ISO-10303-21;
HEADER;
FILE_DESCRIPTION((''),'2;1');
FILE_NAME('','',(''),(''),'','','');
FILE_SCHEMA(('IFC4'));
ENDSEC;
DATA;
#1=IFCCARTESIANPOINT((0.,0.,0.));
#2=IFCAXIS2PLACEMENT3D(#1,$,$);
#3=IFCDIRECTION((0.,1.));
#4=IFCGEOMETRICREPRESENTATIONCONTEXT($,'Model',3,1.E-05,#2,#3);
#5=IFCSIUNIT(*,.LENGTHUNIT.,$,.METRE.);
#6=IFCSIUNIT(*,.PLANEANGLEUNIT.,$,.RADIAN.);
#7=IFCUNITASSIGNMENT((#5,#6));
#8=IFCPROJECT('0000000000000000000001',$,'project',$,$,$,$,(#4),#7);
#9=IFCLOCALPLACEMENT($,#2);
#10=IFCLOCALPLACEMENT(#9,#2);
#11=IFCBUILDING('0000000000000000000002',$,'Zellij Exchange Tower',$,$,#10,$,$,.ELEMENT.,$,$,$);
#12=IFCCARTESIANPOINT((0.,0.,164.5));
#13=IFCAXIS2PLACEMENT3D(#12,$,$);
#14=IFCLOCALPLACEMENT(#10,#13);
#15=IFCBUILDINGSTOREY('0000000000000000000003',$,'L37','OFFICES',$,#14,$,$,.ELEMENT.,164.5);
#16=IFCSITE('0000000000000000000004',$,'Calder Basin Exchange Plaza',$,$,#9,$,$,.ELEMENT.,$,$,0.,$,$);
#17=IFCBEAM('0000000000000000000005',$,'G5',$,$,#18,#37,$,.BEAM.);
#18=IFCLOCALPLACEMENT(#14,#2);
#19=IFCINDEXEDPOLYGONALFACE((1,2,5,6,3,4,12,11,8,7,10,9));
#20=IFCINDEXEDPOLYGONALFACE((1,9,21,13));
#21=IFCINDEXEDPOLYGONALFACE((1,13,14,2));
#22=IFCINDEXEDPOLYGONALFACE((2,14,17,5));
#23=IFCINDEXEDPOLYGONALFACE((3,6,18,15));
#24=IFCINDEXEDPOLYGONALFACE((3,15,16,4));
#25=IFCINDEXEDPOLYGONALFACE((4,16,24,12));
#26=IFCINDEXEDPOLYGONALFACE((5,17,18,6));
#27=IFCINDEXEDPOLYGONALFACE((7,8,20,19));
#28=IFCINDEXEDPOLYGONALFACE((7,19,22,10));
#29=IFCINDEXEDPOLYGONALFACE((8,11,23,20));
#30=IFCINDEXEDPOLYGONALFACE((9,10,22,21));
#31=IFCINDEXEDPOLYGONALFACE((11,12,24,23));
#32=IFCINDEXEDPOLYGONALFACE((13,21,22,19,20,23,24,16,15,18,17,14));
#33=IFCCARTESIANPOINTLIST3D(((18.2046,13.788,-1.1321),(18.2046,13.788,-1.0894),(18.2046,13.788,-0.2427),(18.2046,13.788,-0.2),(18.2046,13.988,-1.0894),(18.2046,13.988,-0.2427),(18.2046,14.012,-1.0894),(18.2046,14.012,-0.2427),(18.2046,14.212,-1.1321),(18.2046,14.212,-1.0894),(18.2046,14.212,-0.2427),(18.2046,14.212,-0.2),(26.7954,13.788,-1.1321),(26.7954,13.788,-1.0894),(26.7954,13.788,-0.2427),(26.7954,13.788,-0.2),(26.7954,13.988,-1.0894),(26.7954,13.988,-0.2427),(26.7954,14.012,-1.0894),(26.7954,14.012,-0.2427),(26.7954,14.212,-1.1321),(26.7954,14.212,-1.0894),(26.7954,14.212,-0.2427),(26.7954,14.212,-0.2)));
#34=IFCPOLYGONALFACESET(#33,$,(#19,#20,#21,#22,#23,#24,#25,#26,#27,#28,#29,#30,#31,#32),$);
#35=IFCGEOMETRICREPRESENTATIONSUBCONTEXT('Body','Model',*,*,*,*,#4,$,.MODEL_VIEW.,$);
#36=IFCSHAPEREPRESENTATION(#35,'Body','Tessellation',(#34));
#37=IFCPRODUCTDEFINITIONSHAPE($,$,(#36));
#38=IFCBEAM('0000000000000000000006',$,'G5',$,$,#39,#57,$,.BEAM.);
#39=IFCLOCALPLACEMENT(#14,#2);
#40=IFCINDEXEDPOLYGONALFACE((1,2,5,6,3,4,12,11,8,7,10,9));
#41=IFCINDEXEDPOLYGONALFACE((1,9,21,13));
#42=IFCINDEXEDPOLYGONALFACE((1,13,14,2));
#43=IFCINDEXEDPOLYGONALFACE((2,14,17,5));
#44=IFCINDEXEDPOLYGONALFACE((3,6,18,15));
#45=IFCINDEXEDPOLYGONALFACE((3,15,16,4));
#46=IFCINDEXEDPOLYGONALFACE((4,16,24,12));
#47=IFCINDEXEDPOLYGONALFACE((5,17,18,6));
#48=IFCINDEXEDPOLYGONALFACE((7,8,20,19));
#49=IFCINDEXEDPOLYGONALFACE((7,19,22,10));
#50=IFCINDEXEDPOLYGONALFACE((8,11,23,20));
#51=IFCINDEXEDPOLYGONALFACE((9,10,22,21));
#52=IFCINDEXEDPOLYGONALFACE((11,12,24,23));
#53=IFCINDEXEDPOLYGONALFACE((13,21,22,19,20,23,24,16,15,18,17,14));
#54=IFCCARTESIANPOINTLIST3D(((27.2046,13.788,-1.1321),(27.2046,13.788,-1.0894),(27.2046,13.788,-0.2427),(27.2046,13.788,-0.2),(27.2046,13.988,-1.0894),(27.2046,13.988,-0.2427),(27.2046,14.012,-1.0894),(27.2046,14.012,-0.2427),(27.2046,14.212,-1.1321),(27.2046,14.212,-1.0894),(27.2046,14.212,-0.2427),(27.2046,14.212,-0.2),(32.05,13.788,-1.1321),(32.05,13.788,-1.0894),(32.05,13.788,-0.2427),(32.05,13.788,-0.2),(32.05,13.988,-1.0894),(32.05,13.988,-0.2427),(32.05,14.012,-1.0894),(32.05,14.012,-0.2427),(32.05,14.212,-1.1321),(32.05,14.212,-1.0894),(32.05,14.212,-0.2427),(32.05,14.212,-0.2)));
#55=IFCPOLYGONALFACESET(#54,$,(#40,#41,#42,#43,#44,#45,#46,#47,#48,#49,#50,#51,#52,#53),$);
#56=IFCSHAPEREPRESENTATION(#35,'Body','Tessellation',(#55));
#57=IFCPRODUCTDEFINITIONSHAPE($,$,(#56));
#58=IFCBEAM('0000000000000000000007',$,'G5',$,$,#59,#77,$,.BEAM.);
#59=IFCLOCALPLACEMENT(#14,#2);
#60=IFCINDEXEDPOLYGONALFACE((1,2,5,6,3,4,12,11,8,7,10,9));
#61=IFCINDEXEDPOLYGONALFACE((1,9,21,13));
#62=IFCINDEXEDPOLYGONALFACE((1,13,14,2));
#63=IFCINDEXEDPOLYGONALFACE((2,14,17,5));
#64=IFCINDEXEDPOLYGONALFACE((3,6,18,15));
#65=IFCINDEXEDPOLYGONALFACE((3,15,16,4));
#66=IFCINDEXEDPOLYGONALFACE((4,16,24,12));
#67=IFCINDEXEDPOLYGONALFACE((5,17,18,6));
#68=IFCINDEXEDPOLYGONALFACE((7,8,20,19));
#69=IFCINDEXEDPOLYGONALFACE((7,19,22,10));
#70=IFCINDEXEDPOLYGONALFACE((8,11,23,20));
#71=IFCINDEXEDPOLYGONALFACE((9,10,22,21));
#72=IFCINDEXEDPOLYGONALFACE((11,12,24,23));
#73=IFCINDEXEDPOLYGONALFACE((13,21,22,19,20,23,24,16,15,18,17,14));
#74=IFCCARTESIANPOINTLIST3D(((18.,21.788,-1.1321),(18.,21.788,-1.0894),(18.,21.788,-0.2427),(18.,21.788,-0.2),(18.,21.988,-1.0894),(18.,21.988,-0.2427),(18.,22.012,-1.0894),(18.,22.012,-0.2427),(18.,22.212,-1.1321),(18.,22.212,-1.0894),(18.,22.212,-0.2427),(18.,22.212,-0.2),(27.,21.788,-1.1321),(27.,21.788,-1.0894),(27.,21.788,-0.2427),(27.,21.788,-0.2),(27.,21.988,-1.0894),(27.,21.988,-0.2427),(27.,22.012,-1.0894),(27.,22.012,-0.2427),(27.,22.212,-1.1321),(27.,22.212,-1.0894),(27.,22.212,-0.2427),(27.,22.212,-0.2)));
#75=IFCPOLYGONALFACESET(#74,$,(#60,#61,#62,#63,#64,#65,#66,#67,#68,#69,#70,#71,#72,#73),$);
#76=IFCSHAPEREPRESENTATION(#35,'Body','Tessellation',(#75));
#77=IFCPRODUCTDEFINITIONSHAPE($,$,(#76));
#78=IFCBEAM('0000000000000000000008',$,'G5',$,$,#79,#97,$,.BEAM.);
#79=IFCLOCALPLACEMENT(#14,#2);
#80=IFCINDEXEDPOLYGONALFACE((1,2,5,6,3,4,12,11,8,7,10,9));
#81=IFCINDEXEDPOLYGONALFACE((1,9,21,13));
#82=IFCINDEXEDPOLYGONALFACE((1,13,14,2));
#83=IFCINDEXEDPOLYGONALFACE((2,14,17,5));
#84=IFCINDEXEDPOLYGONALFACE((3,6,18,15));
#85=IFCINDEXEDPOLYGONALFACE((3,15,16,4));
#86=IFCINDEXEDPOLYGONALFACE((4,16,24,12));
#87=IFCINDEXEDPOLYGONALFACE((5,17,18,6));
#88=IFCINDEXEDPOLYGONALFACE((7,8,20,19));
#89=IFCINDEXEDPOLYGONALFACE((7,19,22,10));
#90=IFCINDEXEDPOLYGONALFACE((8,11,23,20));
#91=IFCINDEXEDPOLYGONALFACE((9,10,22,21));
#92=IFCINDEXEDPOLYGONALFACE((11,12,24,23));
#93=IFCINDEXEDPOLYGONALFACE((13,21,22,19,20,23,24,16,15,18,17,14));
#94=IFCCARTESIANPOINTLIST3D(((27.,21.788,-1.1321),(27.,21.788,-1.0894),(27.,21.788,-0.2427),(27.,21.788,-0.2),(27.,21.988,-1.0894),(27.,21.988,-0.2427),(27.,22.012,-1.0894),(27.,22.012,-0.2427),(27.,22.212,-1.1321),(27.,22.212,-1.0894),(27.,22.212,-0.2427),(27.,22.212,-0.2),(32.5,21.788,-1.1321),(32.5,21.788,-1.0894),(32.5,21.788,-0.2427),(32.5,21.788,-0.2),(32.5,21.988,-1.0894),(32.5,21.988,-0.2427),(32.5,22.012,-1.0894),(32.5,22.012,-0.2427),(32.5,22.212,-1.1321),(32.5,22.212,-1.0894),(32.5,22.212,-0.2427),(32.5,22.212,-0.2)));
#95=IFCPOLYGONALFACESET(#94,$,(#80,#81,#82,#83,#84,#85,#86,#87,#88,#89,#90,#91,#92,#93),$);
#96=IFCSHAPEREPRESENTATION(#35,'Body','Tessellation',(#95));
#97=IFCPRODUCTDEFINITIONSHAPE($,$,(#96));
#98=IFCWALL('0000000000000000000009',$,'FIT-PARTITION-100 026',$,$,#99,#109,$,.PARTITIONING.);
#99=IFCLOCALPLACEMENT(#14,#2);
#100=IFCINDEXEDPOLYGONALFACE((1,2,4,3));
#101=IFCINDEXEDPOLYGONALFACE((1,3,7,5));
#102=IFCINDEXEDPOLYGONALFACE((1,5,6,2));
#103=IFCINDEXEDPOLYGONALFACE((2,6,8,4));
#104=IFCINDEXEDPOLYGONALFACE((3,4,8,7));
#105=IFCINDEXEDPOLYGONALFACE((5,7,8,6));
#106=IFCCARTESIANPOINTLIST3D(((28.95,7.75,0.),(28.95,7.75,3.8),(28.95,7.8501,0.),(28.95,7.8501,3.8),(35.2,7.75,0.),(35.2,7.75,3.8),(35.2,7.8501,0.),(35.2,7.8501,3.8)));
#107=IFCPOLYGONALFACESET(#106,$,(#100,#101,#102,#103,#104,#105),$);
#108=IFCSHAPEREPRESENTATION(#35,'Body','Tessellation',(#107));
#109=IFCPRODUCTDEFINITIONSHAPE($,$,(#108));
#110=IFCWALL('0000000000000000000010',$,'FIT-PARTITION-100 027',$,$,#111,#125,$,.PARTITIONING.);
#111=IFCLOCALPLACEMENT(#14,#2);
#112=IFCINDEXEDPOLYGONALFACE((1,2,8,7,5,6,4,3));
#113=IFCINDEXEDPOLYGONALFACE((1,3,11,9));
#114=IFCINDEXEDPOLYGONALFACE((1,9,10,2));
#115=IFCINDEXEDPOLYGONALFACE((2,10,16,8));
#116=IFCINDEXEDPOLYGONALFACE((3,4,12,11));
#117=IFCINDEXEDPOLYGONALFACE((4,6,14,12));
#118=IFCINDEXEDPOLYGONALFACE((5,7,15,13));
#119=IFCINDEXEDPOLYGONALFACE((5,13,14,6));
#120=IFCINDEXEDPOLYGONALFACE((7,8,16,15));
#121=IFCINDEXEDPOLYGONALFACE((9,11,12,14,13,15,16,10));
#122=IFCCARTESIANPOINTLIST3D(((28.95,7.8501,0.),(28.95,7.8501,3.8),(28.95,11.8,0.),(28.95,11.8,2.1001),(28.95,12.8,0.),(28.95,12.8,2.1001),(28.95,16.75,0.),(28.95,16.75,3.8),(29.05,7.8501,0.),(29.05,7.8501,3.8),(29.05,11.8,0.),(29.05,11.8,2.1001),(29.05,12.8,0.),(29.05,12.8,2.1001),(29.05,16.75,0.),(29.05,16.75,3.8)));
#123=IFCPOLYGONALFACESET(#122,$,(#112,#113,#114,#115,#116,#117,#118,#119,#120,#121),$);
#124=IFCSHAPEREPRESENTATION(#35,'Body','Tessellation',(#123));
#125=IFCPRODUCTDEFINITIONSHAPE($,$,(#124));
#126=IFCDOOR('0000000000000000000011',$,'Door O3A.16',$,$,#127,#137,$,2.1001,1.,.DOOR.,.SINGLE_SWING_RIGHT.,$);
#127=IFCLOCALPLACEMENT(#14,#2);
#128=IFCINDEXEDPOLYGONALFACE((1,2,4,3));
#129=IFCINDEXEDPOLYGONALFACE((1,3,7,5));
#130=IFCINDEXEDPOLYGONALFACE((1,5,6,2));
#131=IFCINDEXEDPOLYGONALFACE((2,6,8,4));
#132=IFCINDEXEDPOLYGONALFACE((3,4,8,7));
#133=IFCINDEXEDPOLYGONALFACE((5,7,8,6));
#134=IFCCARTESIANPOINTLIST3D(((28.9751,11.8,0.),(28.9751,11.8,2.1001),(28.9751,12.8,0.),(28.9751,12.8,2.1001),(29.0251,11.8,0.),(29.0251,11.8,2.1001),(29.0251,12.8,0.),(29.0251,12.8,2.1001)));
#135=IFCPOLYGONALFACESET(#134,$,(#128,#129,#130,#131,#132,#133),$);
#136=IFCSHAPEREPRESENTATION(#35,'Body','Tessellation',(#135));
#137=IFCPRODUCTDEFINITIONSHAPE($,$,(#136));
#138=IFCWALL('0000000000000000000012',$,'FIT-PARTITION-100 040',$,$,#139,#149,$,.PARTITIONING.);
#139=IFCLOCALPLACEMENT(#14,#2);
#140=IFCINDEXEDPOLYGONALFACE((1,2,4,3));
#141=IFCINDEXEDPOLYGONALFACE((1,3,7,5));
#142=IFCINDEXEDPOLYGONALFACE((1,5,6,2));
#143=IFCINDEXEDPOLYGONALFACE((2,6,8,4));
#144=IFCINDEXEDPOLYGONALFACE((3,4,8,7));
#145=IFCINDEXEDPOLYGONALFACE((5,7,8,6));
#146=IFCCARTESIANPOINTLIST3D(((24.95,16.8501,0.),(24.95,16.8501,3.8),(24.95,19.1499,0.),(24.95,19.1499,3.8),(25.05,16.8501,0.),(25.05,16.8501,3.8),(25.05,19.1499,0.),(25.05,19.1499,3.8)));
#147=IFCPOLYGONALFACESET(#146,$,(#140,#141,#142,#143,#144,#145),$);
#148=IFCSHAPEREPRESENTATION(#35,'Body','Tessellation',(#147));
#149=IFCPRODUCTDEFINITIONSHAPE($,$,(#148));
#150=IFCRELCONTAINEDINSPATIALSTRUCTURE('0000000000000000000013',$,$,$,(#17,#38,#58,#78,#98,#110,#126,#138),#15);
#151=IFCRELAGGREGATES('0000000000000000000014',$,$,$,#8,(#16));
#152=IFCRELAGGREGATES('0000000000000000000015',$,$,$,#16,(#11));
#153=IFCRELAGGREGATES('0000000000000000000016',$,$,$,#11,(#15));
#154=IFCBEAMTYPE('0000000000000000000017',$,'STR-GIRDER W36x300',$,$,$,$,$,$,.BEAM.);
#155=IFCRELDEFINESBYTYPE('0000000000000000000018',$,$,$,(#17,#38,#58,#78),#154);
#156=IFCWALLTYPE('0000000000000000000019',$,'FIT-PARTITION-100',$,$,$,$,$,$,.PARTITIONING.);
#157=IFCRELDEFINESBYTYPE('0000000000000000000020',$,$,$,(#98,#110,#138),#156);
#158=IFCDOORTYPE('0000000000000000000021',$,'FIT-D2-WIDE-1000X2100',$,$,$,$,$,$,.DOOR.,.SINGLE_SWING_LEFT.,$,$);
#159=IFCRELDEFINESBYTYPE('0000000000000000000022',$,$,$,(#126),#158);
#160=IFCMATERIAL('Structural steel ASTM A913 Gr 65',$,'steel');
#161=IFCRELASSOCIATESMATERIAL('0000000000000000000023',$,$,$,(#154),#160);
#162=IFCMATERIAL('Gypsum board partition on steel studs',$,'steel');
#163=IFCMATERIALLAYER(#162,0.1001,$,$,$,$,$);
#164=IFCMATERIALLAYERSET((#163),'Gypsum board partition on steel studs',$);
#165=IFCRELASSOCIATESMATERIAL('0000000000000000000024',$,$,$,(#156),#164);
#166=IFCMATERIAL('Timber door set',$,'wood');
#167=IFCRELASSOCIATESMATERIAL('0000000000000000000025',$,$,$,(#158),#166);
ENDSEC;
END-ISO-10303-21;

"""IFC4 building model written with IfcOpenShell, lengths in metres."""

from ifc_helpers import new_model, si_unit, direction, frame, frame_2d, origin, origin_2d, place, context, subcontext, project, spatial, rectangle, i_section, extrude, material, layer, layer_set, material_profile, profile_set, type_object, element, fill, save


model = new_model("IFC4")

# Units and contexts
model_context = context("Model", 3, precision=1e-05, world=origin(), true_north=direction((0.0, 1.0)))
body_context = subcontext(model_context, "Body", "Model", "MODEL_VIEW")
ifc_project = project(units=[si_unit("LENGTHUNIT", "METRE"), si_unit("PLANEANGLEUNIT", "RADIAN")], contexts=[model_context])

# Site, building, storey
site_placement = place(None, origin())
site = spatial("IfcSite", under=ifc_project, at=site_placement, Name="Calder Basin Exchange Plaza", CompositionType="ELEMENT", RefElevation=0.0)
building_placement = place(site_placement, origin())
building = spatial("IfcBuilding", under=site, at=building_placement, Name="Zellij Exchange Tower", CompositionType="ELEMENT")
storey_placement = place(building_placement, frame((0.0, 0.0, 164.5)))
storey = spatial("IfcBuildingStorey", under=building, at=storey_placement, Name="L37", Description="OFFICES", CompositionType="ELEMENT", Elevation=164.5)

# Shared definitions
ifc_material_1 = material(Name="Structural steel ASTM A913 Gr 65", Category="steel")

# Beams
ifc_material_profile_1 = material_profile(ifc_material_1, i_section(OverallWidth=0.4241, OverallDepth=0.9321, WebThickness=0.0239, FlangeThickness=0.0427, at=origin_2d()), Name="W36x300")
ifc_profile_set_1 = profile_set([ifc_material_profile_1], Name="Structural steel ASTM A913 Gr 65")
beam_type_1 = type_object("IfcBeamType", Name="STR-GIRDER W36x300", PredefinedType="BEAM", material=ifc_profile_set_1)
beam_1_placement = place(storey_placement, frame((18.2046, 14.0, -0.666), z_axis=(1.0, 0.0, 0.0), x_axis=(0.0, 1.0, 0.0)))
element("IfcBeam", 1, at=beam_1_placement, inside=storey, type_object=beam_type_1, Name="G5", PredefinedType="BEAM", context=body_context, shape_type="SweptSolid", body=[
    extrude(i_section(OverallWidth=0.4241, OverallDepth=0.9321, WebThickness=0.0239, FlangeThickness=0.0427, at=origin_2d()), origin(), (0.0, 0.0, 1.0), 8.5908),
])
beam_2_placement = place(storey_placement, frame((27.2046, 14.0, -0.666), z_axis=(1.0, 0.0, 0.0), x_axis=(0.0, 1.0, 0.0)))
element("IfcBeam", 2, at=beam_2_placement, inside=storey, type_object=beam_type_1, Name="G5", PredefinedType="BEAM", context=body_context, shape_type="SweptSolid", body=[
    extrude(i_section(OverallWidth=0.4241, OverallDepth=0.9321, WebThickness=0.0239, FlangeThickness=0.0427, at=origin_2d()), origin(), (0.0, 0.0, 1.0), 4.8455),
])
beam_3_placement = place(storey_placement, frame((18.0, 22.0, -0.666), z_axis=(1.0, 0.0, 0.0), x_axis=(0.0, 1.0, 0.0)))
element("IfcBeam", 3, at=beam_3_placement, inside=storey, type_object=beam_type_1, Name="G5", PredefinedType="BEAM", context=body_context, shape_type="SweptSolid", body=[
    extrude(i_section(OverallWidth=0.4241, OverallDepth=0.9321, WebThickness=0.0239, FlangeThickness=0.0427, at=origin_2d()), origin(), (0.0, 0.0, 1.0), 9.0),
])
beam_4_placement = place(storey_placement, frame((27.0, 22.0, -0.666), z_axis=(1.0, 0.0, 0.0), x_axis=(0.0, 1.0, 0.0)))
element("IfcBeam", 4, at=beam_4_placement, inside=storey, type_object=beam_type_1, Name="G5", PredefinedType="BEAM", context=body_context, shape_type="SweptSolid", body=[
    extrude(i_section(OverallWidth=0.4241, OverallDepth=0.9321, WebThickness=0.0239, FlangeThickness=0.0427, at=origin_2d()), origin(), (0.0, 0.0, 1.0), 5.5),
])

# Wall
ifc_material_2 = material(Name="Gypsum board partition on steel studs", Category="steel")
ifc_layer_1 = layer(ifc_material_2, 0.1001)
ifc_layer_set_1 = layer_set([ifc_layer_1], Name="Gypsum board partition on steel studs")
wall_type = type_object("IfcWallType", Name="FIT-PARTITION-100", PredefinedType="PARTITIONING", material=ifc_layer_set_1)
wall_1_placement = place(storey_placement, frame((28.95, 7.8, 0.0), z_axis=(0.0, 0.0, 1.0), x_axis=(1.0, 0.0, 0.0)))
element("IfcWall", 5, at=wall_1_placement, inside=storey, type_object=wall_type, Name="FIT-PARTITION-100 026", PredefinedType="PARTITIONING", context=body_context, shape_type="SweptSolid", body=[
    extrude(rectangle(XDim=6.25, YDim=0.1001, at=frame_2d((3.125, 0.0))), origin(), (0.0, 0.0, 1.0), 3.8),
])

# Wall, opening, door
wall_2_placement = place(storey_placement, frame((29.0, 7.8501, 0.0), z_axis=(0.0, 0.0, 1.0), x_axis=(0.0, 1.0, 0.0)))
wall_2 = element("IfcWall", 6, at=wall_2_placement, inside=storey, type_object=wall_type, Name="FIT-PARTITION-100 027", PredefinedType="PARTITIONING", context=body_context, shape_type="SweptSolid", body=[
    extrude(rectangle(XDim=8.8999, YDim=0.1001, at=frame_2d((4.45, 0.0))), origin(), (0.0, 0.0, 1.0), 3.8),
])
opening_placement = place(wall_2_placement, frame((3.95, 0.0, 0.0)))
opening = element("IfcOpeningElement", 7, at=opening_placement, cuts=wall_2, PredefinedType="OPENING", context=body_context, shape_type="SweptSolid", body=[
    extrude(rectangle(XDim=1.0, YDim=2.1001, at=frame_2d((0.5, 1.05))), frame((0.0, 0.062, 0.0), z_axis=(0.0, -1.0, 0.0), x_axis=(1.0, 0.0, 0.0)), (0.0, 0.0, 1.0), 0.124),
])
ifc_material_3 = material(Name="Timber door set", Category="wood")
door_type = type_object("IfcDoorType", Name="FIT-D2-WIDE-1000X2100", OperationType="SINGLE_SWING_LEFT", PredefinedType="DOOR", material=ifc_material_3)
door_placement = place(opening_placement, origin())
door = element("IfcDoor", 8, at=door_placement, inside=storey, type_object=door_type, Name="Door O3A.16", OperationType="SINGLE_SWING_RIGHT", OverallHeight=2.1001, OverallWidth=1.0, PredefinedType="DOOR", context=body_context, shape_type="SweptSolid", body=[
    extrude(rectangle(XDim=1.0, YDim=2.1001, at=frame_2d((0.5, 1.05))), frame((0.0, 0.0249, 0.0), z_axis=(0.0, -1.0, 0.0), x_axis=(1.0, 0.0, 0.0)), (0.0, 0.0, 1.0), 0.05),
])
fill(opening, door)

# Wall
wall_3_placement = place(storey_placement, frame((25.0, 16.8501, 0.0), z_axis=(0.0, 0.0, 1.0), x_axis=(0.0, 1.0, 0.0)))
element("IfcWall", 9, at=wall_3_placement, inside=storey, type_object=wall_type, Name="FIT-PARTITION-100 040", PredefinedType="PARTITIONING", context=body_context, shape_type="SweptSolid", body=[
    extrude(rectangle(XDim=2.2998, YDim=0.1001, at=frame_2d((1.1499, 0.0))), origin(), (0.0, 0.0, 1.0), 3.8),
])

save(model, "model.ifc")
